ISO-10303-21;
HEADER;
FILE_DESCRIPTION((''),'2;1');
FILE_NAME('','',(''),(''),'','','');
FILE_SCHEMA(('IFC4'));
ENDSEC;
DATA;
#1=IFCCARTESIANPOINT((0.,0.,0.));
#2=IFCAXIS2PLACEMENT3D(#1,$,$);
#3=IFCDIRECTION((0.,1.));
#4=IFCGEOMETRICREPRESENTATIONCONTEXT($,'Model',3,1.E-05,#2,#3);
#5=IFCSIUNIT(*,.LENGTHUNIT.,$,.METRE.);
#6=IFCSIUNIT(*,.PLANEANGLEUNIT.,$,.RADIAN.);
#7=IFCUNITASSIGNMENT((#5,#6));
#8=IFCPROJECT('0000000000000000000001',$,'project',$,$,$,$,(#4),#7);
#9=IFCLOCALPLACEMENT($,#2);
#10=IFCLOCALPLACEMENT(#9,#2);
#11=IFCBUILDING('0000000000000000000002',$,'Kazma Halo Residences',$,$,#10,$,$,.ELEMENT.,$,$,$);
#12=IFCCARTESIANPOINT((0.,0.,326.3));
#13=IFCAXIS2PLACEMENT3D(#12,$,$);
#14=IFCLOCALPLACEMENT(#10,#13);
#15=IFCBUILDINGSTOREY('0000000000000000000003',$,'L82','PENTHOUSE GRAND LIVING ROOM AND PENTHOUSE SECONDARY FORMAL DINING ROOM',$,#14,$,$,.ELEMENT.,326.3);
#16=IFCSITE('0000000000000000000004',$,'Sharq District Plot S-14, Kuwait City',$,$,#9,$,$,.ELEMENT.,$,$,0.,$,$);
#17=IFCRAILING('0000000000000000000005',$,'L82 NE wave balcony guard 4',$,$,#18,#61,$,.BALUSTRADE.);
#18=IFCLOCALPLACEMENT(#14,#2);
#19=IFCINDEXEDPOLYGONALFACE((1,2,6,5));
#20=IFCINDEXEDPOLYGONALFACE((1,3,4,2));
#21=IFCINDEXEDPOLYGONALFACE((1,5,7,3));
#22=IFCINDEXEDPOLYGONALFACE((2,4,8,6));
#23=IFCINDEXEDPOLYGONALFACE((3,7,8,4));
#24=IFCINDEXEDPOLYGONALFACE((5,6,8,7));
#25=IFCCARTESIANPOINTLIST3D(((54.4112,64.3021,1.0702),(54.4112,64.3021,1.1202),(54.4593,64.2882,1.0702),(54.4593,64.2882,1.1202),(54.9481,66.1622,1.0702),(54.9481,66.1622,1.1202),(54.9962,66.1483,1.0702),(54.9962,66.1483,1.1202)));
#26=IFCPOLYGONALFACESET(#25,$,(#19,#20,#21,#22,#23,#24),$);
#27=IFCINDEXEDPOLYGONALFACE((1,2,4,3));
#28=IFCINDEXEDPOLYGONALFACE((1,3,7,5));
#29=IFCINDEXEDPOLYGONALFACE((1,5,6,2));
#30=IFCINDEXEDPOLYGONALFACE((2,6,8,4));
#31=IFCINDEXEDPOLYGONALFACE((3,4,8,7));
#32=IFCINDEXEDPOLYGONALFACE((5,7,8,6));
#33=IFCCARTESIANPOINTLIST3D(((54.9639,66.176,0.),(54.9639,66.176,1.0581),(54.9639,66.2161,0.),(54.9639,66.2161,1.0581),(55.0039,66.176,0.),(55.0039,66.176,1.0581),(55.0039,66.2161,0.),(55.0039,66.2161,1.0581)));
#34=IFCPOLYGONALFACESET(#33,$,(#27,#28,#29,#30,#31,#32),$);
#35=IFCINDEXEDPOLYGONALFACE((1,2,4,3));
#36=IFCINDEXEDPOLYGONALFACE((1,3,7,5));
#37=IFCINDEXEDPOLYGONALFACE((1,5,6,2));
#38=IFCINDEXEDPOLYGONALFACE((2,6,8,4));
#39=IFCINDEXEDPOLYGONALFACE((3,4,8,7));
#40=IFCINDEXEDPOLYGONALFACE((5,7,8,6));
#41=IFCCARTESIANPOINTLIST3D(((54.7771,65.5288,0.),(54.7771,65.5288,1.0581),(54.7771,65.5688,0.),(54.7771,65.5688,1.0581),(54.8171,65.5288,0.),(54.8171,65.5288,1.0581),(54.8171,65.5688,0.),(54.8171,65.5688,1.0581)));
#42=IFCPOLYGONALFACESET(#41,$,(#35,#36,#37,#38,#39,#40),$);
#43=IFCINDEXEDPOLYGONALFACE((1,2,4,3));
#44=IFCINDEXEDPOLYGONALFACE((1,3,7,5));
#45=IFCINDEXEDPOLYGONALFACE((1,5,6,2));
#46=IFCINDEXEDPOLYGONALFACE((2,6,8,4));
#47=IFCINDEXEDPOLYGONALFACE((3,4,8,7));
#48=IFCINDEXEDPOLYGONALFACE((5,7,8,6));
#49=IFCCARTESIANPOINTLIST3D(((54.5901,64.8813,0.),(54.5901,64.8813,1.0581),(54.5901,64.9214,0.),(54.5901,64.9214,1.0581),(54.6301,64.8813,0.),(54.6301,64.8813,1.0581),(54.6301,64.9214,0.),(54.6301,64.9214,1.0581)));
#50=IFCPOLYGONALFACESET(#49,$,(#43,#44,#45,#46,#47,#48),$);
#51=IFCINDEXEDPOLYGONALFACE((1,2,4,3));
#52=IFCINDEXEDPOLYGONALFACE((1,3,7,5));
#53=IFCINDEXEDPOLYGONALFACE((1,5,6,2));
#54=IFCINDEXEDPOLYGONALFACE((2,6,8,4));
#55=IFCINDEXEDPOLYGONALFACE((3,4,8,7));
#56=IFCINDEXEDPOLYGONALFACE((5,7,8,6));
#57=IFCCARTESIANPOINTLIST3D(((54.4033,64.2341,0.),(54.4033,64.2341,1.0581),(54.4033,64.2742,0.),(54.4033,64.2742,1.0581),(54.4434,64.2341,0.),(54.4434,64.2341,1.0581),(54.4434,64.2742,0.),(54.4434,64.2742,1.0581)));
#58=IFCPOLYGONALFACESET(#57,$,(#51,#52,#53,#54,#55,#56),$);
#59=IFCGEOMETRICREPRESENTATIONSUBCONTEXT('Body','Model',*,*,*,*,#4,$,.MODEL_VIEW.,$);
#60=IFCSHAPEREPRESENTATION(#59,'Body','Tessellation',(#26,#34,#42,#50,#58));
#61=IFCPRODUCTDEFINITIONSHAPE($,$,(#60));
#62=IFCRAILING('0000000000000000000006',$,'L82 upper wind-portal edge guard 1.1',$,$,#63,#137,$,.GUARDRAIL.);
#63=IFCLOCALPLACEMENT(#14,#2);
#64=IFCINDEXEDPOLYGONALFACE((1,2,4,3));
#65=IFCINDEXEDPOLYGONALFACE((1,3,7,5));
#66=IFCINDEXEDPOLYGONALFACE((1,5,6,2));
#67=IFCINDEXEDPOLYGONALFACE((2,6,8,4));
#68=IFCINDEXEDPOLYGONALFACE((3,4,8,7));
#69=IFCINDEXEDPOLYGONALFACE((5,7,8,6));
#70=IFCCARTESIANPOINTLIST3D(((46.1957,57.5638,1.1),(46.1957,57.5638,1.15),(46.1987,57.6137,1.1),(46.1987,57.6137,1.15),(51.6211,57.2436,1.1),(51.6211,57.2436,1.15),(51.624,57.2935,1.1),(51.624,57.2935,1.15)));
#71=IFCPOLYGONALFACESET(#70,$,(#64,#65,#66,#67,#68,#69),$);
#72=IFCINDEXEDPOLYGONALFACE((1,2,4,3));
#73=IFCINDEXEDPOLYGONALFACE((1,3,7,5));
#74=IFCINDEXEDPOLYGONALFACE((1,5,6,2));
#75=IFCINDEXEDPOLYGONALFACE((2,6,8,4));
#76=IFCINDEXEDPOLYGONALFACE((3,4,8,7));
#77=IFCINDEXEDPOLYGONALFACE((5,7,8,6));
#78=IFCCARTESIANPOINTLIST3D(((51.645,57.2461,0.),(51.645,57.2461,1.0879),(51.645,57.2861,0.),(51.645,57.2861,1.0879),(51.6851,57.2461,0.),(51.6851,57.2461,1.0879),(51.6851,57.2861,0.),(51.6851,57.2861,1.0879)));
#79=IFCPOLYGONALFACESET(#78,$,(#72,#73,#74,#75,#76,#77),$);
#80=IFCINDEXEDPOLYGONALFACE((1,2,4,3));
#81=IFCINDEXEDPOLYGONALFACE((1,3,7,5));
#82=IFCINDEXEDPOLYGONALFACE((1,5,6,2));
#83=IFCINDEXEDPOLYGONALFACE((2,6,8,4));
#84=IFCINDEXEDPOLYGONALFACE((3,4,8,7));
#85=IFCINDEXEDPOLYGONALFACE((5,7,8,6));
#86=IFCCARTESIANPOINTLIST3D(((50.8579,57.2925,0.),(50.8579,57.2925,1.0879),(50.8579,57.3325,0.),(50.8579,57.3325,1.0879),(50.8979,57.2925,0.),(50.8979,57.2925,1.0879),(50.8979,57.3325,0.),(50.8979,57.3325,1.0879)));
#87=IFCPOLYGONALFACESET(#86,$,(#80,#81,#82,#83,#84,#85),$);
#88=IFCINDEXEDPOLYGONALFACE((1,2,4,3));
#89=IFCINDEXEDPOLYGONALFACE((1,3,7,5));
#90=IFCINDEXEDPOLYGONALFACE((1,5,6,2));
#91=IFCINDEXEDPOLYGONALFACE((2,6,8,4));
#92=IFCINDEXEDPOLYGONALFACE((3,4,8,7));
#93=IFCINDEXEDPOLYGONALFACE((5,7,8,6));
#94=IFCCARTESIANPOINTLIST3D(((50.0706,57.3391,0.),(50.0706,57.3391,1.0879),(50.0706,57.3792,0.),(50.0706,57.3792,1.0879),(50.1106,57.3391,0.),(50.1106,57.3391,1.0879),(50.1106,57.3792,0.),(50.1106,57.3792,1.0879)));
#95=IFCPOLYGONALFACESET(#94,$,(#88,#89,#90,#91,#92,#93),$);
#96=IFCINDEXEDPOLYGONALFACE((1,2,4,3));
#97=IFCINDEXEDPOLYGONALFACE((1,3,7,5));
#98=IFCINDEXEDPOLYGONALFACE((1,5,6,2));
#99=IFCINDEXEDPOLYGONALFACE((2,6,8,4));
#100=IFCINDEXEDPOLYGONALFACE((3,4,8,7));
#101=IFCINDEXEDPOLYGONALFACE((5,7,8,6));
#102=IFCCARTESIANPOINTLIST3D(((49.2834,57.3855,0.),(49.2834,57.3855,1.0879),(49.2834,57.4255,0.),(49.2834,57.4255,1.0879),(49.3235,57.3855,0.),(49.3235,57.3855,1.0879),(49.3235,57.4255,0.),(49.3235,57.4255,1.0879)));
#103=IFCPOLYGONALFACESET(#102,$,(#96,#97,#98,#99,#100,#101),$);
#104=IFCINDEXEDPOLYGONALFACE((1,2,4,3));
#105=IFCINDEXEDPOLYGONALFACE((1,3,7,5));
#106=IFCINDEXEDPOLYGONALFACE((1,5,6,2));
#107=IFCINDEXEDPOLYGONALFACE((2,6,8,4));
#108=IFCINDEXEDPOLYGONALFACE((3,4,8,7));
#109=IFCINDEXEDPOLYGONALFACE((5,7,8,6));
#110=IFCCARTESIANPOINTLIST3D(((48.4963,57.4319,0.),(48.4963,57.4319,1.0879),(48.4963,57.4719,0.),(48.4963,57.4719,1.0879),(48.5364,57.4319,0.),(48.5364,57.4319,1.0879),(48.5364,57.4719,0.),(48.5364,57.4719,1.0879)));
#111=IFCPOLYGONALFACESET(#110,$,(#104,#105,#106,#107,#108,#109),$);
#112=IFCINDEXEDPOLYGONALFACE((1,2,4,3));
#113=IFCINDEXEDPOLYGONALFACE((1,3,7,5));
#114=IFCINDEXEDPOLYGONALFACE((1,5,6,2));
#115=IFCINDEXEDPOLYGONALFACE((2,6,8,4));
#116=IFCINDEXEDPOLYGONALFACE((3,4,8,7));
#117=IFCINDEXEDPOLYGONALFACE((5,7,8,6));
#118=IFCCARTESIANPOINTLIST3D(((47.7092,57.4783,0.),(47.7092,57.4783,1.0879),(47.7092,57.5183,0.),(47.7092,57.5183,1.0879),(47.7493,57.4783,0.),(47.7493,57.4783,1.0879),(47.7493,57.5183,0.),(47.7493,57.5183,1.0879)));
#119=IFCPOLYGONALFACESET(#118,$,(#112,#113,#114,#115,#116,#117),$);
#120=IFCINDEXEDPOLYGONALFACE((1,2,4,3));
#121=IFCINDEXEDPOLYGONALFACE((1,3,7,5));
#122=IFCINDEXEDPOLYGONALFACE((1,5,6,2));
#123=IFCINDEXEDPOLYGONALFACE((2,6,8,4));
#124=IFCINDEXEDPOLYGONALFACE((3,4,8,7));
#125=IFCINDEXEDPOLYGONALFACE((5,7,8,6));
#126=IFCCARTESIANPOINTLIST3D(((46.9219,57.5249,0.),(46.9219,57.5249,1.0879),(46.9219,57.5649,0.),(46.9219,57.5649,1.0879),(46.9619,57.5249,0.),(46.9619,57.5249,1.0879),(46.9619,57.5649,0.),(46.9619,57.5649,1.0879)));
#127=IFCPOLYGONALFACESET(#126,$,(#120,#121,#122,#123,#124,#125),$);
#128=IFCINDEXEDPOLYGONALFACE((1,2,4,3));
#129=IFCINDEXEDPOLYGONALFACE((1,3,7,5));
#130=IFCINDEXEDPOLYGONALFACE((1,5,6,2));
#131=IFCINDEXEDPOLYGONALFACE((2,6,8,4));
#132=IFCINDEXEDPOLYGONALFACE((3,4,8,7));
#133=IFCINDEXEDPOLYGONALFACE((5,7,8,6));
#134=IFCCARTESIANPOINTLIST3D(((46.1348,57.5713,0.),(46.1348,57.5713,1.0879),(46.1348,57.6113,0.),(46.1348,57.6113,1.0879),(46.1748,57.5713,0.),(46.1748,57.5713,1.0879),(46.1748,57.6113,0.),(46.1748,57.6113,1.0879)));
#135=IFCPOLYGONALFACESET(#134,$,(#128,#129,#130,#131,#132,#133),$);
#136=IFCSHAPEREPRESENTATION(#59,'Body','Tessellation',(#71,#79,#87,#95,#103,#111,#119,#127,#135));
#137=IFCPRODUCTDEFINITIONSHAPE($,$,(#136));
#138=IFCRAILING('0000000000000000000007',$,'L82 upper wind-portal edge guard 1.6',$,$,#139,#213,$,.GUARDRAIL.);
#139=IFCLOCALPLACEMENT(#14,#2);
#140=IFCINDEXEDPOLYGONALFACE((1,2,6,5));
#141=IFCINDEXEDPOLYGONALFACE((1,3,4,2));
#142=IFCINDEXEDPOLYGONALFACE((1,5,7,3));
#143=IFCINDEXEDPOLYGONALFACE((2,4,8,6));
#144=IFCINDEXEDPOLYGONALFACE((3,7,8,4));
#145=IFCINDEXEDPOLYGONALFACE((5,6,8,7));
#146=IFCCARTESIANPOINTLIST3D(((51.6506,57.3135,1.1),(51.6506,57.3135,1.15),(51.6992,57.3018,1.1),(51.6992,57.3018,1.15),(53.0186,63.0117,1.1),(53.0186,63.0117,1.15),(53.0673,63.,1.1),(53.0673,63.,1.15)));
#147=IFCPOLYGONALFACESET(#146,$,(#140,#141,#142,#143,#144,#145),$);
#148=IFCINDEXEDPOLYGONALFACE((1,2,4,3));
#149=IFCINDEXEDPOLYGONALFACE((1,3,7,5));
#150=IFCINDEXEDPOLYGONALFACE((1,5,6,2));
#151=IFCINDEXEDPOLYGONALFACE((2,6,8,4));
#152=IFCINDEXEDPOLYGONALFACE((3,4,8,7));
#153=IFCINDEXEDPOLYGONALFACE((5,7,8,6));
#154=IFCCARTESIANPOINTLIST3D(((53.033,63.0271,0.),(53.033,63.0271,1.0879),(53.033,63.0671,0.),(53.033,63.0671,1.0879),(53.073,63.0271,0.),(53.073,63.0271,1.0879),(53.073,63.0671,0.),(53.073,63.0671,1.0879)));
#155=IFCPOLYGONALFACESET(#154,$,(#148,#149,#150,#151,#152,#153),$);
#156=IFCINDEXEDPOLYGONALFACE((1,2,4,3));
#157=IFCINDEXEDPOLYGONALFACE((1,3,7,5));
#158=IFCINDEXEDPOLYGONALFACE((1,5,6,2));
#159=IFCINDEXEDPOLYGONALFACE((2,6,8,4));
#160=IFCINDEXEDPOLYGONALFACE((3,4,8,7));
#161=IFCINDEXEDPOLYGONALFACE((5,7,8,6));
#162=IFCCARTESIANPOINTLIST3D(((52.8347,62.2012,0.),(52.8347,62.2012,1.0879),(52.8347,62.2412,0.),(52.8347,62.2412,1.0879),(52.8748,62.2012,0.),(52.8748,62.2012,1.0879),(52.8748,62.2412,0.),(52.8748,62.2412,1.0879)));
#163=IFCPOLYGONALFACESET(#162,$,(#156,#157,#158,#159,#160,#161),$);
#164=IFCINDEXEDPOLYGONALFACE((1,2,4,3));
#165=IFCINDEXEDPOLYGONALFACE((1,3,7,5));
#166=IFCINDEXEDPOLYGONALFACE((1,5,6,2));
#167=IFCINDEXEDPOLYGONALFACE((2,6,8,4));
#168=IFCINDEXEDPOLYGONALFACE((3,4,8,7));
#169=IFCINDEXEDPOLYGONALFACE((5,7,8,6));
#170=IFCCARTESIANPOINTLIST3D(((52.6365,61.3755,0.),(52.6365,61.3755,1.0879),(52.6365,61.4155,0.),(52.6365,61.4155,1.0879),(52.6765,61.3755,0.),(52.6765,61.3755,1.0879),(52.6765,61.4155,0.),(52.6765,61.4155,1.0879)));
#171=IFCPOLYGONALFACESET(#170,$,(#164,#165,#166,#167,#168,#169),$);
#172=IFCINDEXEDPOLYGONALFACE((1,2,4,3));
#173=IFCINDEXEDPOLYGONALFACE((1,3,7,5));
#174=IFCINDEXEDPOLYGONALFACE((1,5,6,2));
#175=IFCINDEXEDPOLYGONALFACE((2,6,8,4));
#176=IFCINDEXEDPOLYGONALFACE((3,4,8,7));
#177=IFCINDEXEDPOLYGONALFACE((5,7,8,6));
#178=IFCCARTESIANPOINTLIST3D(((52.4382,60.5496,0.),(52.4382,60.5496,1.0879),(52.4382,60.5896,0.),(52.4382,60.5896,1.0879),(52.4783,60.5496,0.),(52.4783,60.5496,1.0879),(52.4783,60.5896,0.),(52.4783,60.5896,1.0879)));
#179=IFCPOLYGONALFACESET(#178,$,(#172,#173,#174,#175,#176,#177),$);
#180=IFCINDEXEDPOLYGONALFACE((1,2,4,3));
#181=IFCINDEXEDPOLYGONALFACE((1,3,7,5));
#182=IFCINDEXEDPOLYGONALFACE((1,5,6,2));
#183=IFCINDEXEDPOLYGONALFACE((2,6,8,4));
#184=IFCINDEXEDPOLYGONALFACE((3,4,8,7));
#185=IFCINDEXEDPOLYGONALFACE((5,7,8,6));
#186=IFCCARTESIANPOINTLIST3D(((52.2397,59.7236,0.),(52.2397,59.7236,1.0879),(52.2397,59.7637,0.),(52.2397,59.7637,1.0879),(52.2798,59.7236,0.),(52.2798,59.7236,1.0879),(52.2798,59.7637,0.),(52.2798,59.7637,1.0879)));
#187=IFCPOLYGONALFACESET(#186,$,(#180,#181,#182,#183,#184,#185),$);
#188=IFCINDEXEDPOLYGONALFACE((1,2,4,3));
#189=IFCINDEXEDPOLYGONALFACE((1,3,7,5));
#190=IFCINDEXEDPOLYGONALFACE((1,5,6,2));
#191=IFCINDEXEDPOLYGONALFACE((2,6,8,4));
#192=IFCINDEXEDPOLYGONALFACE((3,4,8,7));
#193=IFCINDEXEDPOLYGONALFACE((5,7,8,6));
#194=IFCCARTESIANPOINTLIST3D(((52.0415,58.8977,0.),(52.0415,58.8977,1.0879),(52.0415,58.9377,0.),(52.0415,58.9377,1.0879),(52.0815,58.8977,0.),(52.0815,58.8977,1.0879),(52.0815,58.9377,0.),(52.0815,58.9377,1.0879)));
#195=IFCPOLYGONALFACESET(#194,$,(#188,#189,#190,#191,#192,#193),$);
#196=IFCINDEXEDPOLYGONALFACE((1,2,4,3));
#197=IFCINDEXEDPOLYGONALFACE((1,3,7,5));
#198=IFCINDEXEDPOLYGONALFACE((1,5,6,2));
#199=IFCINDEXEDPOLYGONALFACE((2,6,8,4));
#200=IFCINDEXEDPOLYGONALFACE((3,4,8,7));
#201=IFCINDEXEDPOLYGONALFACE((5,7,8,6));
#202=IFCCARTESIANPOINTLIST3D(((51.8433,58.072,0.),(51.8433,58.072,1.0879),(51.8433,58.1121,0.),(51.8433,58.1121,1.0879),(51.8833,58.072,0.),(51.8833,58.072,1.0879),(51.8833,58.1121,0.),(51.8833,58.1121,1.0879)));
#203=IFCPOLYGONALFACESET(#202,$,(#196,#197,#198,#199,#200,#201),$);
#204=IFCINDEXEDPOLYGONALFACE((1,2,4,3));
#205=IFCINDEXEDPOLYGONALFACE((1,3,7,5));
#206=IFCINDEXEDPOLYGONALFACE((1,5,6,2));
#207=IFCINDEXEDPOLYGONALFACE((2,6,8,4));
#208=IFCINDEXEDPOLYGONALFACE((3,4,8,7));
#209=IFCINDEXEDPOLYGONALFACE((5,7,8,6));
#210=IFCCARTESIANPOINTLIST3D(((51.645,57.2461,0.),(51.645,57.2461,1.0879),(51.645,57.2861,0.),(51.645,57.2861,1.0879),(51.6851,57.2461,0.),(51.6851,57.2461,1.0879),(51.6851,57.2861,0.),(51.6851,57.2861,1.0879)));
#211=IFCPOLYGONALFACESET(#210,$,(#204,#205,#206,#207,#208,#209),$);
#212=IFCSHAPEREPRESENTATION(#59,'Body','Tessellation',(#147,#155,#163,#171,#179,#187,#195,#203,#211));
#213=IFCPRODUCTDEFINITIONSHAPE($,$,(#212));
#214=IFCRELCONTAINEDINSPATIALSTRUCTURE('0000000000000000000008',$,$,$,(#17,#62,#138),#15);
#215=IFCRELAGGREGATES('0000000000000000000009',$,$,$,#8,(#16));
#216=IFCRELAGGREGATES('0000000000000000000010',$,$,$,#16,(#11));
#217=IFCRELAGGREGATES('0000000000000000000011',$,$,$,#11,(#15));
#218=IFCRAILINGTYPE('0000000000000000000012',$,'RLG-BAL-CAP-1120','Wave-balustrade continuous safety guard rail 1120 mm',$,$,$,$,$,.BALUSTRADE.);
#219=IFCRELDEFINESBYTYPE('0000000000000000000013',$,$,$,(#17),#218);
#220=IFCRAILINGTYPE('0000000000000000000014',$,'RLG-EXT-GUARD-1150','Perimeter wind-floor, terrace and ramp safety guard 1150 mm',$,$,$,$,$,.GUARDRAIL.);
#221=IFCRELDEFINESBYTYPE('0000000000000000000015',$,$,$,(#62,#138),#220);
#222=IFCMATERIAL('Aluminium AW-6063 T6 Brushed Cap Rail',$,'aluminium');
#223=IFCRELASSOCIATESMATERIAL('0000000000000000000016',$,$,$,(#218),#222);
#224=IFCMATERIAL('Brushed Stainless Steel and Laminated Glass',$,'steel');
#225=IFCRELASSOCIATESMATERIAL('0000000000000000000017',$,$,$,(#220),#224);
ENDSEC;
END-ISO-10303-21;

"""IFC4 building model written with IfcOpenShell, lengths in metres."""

from ifc_helpers import new_model, si_unit, direction, frame, origin, origin_2d, place, context, subcontext, project, spatial, rectangle, extrude, material, type_object, element, save


model = new_model("IFC4")

# Units and contexts
model_context = context("Model", 3, precision=1e-05, world=origin(), true_north=direction((0.0, 1.0)))
body_context = subcontext(model_context, "Body", "Model", "MODEL_VIEW")
ifc_project = project(units=[si_unit("LENGTHUNIT", "METRE"), si_unit("PLANEANGLEUNIT", "RADIAN")], contexts=[model_context])

# Site, building, storey
site_placement = place(None, origin())
site = spatial("IfcSite", under=ifc_project, at=site_placement, Name="Sharq District Plot S-14, Kuwait City", CompositionType="ELEMENT", RefElevation=0.0)
building_placement = place(site_placement, origin())
building = spatial("IfcBuilding", under=site, at=building_placement, Name="Kazma Halo Residences", CompositionType="ELEMENT")
storey_placement = place(building_placement, frame((0.0, 0.0, 326.3)))
storey = spatial("IfcBuildingStorey", under=building, at=storey_placement, Name="L82", Description="PENTHOUSE GRAND LIVING ROOM AND PENTHOUSE SECONDARY FORMAL DINING ROOM", CompositionType="ELEMENT", Elevation=326.3)

# Railings
ifc_material_1 = material(Name="Aluminium AW-6063 T6 Brushed Cap Rail", Category="aluminium")
railing_type_1 = type_object("IfcRailingType", Name="RLG-BAL-CAP-1120", Description="Wave-balustrade continuous safety guard rail 1120 mm", PredefinedType="BALUSTRADE", material=ifc_material_1)
railing_1_placement = place(storey_placement, frame((54.9839, 66.196, 0.0)))
element("IfcRailing", 1, at=railing_1_placement, inside=storey, type_object=railing_type_1, Name="L82 NE wave balcony guard 4", PredefinedType="BALUSTRADE", context=body_context, shape_type="SweptSolid", body=[
    extrude(rectangle(XDim=0.05, YDim=0.05, at=origin_2d()), frame((-0.0117, -0.0408, 1.0952), z_axis=(-0.277336, -0.960773, 0.0), x_axis=(0.960773, -0.277336, 0.0)), (0.0, 0.0, 1.0), 1.936),
    extrude(rectangle(XDim=0.04, YDim=0.04, at=origin_2d()), origin(), (0.0, 0.0, 1.0), 1.0581),
    extrude(rectangle(XDim=0.04, YDim=0.04, at=origin_2d()), frame((-0.1868, -0.6472, 0.0)), (0.0, 0.0, 1.0), 1.0581),
    extrude(rectangle(XDim=0.04, YDim=0.04, at=origin_2d()), frame((-0.3738, -1.2947, 0.0)), (0.0, 0.0, 1.0), 1.0581),
    extrude(rectangle(XDim=0.04, YDim=0.04, at=origin_2d()), frame((-0.5605, -1.9419, 0.0)), (0.0, 0.0, 1.0), 1.0581),
])
ifc_material_2 = material(Name="Brushed Stainless Steel and Laminated Glass", Category="steel")
railing_type_2 = type_object("IfcRailingType", Name="RLG-EXT-GUARD-1150", Description="Perimeter wind-floor, terrace and ramp safety guard 1150 mm", PredefinedType="GUARDRAIL", material=ifc_material_2)
railing_2_placement = place(storey_placement, frame((51.665, 57.2661, 0.0)))
element("IfcRailing", 2, at=railing_2_placement, inside=storey, type_object=railing_type_2, Name="L82 upper wind-portal edge guard 1.1", PredefinedType="GUARDRAIL", context=body_context, shape_type="SweptSolid", body=[
    extrude(rectangle(XDim=0.05, YDim=0.05, at=origin_2d()), frame((-0.0425, 0.0024, 1.125), z_axis=(-0.998263, 0.058914, 0.0), x_axis=(-0.058914, -0.998263, 0.0)), (0.0, 0.0, 1.0), 5.4348),
    extrude(rectangle(XDim=0.04, YDim=0.04, at=origin_2d()), origin(), (0.0, 0.0, 1.0), 1.0879),
    extrude(rectangle(XDim=0.04, YDim=0.04, at=origin_2d()), frame((-0.7871, 0.0464, 0.0)), (0.0, 0.0, 1.0), 1.0879),
    extrude(rectangle(XDim=0.04, YDim=0.04, at=origin_2d()), frame((-1.5745, 0.093, 0.0)), (0.0, 0.0, 1.0), 1.0879),
    extrude(rectangle(XDim=0.04, YDim=0.04, at=origin_2d()), frame((-2.3616, 0.1394, 0.0)), (0.0, 0.0, 1.0), 1.0879),
    extrude(rectangle(XDim=0.04, YDim=0.04, at=origin_2d()), frame((-3.1487, 0.1858, 0.0)), (0.0, 0.0, 1.0), 1.0879),
    extrude(rectangle(XDim=0.04, YDim=0.04, at=origin_2d()), frame((-3.9358, 0.2322, 0.0)), (0.0, 0.0, 1.0), 1.0879),
    extrude(rectangle(XDim=0.04, YDim=0.04, at=origin_2d()), frame((-4.7231, 0.2788, 0.0)), (0.0, 0.0, 1.0), 1.0879),
    extrude(rectangle(XDim=0.04, YDim=0.04, at=origin_2d()), frame((-5.5103, 0.3252, 0.0)), (0.0, 0.0, 1.0), 1.0879),
])
railing_3_placement = place(storey_placement, frame((53.053, 63.0471, 0.0)))
element("IfcRailing", 3, at=railing_3_placement, inside=storey, type_object=railing_type_2, Name="L82 upper wind-portal edge guard 1.6", PredefinedType="GUARDRAIL", context=body_context, shape_type="SweptSolid", body=[
    extrude(rectangle(XDim=0.05, YDim=0.05, at=origin_2d()), frame((-0.01, -0.0413, 1.125), z_axis=(-0.233452, -0.972368, 0.0), x_axis=(0.972368, -0.233452, 0.0)), (0.0, 0.0, 1.0), 5.8601),
    extrude(rectangle(XDim=0.04, YDim=0.04, at=origin_2d()), origin(), (0.0, 0.0, 1.0), 1.0879),
    extrude(rectangle(XDim=0.04, YDim=0.04, at=origin_2d()), frame((-0.1982, -0.8259, 0.0)), (0.0, 0.0, 1.0), 1.0879),
    extrude(rectangle(XDim=0.04, YDim=0.04, at=origin_2d()), frame((-0.3965, -1.6516, 0.0)), (0.0, 0.0, 1.0), 1.0879),
    extrude(rectangle(XDim=0.04, YDim=0.04, at=origin_2d()), frame((-0.5947, -2.4775, 0.0)), (0.0, 0.0, 1.0), 1.0879),
    extrude(rectangle(XDim=0.04, YDim=0.04, at=origin_2d()), frame((-0.7932, -3.3035, 0.0)), (0.0, 0.0, 1.0), 1.0879),
    extrude(rectangle(XDim=0.04, YDim=0.04, at=origin_2d()), frame((-0.9915, -4.1294, 0.0)), (0.0, 0.0, 1.0), 1.0879),
    extrude(rectangle(XDim=0.04, YDim=0.04, at=origin_2d()), frame((-1.1897, -4.9551, 0.0)), (0.0, 0.0, 1.0), 1.0879),
    extrude(rectangle(XDim=0.04, YDim=0.04, at=origin_2d()), frame((-1.3879, -5.781, 0.0)), (0.0, 0.0, 1.0), 1.0879),
])

save(model, "model.ifc")
